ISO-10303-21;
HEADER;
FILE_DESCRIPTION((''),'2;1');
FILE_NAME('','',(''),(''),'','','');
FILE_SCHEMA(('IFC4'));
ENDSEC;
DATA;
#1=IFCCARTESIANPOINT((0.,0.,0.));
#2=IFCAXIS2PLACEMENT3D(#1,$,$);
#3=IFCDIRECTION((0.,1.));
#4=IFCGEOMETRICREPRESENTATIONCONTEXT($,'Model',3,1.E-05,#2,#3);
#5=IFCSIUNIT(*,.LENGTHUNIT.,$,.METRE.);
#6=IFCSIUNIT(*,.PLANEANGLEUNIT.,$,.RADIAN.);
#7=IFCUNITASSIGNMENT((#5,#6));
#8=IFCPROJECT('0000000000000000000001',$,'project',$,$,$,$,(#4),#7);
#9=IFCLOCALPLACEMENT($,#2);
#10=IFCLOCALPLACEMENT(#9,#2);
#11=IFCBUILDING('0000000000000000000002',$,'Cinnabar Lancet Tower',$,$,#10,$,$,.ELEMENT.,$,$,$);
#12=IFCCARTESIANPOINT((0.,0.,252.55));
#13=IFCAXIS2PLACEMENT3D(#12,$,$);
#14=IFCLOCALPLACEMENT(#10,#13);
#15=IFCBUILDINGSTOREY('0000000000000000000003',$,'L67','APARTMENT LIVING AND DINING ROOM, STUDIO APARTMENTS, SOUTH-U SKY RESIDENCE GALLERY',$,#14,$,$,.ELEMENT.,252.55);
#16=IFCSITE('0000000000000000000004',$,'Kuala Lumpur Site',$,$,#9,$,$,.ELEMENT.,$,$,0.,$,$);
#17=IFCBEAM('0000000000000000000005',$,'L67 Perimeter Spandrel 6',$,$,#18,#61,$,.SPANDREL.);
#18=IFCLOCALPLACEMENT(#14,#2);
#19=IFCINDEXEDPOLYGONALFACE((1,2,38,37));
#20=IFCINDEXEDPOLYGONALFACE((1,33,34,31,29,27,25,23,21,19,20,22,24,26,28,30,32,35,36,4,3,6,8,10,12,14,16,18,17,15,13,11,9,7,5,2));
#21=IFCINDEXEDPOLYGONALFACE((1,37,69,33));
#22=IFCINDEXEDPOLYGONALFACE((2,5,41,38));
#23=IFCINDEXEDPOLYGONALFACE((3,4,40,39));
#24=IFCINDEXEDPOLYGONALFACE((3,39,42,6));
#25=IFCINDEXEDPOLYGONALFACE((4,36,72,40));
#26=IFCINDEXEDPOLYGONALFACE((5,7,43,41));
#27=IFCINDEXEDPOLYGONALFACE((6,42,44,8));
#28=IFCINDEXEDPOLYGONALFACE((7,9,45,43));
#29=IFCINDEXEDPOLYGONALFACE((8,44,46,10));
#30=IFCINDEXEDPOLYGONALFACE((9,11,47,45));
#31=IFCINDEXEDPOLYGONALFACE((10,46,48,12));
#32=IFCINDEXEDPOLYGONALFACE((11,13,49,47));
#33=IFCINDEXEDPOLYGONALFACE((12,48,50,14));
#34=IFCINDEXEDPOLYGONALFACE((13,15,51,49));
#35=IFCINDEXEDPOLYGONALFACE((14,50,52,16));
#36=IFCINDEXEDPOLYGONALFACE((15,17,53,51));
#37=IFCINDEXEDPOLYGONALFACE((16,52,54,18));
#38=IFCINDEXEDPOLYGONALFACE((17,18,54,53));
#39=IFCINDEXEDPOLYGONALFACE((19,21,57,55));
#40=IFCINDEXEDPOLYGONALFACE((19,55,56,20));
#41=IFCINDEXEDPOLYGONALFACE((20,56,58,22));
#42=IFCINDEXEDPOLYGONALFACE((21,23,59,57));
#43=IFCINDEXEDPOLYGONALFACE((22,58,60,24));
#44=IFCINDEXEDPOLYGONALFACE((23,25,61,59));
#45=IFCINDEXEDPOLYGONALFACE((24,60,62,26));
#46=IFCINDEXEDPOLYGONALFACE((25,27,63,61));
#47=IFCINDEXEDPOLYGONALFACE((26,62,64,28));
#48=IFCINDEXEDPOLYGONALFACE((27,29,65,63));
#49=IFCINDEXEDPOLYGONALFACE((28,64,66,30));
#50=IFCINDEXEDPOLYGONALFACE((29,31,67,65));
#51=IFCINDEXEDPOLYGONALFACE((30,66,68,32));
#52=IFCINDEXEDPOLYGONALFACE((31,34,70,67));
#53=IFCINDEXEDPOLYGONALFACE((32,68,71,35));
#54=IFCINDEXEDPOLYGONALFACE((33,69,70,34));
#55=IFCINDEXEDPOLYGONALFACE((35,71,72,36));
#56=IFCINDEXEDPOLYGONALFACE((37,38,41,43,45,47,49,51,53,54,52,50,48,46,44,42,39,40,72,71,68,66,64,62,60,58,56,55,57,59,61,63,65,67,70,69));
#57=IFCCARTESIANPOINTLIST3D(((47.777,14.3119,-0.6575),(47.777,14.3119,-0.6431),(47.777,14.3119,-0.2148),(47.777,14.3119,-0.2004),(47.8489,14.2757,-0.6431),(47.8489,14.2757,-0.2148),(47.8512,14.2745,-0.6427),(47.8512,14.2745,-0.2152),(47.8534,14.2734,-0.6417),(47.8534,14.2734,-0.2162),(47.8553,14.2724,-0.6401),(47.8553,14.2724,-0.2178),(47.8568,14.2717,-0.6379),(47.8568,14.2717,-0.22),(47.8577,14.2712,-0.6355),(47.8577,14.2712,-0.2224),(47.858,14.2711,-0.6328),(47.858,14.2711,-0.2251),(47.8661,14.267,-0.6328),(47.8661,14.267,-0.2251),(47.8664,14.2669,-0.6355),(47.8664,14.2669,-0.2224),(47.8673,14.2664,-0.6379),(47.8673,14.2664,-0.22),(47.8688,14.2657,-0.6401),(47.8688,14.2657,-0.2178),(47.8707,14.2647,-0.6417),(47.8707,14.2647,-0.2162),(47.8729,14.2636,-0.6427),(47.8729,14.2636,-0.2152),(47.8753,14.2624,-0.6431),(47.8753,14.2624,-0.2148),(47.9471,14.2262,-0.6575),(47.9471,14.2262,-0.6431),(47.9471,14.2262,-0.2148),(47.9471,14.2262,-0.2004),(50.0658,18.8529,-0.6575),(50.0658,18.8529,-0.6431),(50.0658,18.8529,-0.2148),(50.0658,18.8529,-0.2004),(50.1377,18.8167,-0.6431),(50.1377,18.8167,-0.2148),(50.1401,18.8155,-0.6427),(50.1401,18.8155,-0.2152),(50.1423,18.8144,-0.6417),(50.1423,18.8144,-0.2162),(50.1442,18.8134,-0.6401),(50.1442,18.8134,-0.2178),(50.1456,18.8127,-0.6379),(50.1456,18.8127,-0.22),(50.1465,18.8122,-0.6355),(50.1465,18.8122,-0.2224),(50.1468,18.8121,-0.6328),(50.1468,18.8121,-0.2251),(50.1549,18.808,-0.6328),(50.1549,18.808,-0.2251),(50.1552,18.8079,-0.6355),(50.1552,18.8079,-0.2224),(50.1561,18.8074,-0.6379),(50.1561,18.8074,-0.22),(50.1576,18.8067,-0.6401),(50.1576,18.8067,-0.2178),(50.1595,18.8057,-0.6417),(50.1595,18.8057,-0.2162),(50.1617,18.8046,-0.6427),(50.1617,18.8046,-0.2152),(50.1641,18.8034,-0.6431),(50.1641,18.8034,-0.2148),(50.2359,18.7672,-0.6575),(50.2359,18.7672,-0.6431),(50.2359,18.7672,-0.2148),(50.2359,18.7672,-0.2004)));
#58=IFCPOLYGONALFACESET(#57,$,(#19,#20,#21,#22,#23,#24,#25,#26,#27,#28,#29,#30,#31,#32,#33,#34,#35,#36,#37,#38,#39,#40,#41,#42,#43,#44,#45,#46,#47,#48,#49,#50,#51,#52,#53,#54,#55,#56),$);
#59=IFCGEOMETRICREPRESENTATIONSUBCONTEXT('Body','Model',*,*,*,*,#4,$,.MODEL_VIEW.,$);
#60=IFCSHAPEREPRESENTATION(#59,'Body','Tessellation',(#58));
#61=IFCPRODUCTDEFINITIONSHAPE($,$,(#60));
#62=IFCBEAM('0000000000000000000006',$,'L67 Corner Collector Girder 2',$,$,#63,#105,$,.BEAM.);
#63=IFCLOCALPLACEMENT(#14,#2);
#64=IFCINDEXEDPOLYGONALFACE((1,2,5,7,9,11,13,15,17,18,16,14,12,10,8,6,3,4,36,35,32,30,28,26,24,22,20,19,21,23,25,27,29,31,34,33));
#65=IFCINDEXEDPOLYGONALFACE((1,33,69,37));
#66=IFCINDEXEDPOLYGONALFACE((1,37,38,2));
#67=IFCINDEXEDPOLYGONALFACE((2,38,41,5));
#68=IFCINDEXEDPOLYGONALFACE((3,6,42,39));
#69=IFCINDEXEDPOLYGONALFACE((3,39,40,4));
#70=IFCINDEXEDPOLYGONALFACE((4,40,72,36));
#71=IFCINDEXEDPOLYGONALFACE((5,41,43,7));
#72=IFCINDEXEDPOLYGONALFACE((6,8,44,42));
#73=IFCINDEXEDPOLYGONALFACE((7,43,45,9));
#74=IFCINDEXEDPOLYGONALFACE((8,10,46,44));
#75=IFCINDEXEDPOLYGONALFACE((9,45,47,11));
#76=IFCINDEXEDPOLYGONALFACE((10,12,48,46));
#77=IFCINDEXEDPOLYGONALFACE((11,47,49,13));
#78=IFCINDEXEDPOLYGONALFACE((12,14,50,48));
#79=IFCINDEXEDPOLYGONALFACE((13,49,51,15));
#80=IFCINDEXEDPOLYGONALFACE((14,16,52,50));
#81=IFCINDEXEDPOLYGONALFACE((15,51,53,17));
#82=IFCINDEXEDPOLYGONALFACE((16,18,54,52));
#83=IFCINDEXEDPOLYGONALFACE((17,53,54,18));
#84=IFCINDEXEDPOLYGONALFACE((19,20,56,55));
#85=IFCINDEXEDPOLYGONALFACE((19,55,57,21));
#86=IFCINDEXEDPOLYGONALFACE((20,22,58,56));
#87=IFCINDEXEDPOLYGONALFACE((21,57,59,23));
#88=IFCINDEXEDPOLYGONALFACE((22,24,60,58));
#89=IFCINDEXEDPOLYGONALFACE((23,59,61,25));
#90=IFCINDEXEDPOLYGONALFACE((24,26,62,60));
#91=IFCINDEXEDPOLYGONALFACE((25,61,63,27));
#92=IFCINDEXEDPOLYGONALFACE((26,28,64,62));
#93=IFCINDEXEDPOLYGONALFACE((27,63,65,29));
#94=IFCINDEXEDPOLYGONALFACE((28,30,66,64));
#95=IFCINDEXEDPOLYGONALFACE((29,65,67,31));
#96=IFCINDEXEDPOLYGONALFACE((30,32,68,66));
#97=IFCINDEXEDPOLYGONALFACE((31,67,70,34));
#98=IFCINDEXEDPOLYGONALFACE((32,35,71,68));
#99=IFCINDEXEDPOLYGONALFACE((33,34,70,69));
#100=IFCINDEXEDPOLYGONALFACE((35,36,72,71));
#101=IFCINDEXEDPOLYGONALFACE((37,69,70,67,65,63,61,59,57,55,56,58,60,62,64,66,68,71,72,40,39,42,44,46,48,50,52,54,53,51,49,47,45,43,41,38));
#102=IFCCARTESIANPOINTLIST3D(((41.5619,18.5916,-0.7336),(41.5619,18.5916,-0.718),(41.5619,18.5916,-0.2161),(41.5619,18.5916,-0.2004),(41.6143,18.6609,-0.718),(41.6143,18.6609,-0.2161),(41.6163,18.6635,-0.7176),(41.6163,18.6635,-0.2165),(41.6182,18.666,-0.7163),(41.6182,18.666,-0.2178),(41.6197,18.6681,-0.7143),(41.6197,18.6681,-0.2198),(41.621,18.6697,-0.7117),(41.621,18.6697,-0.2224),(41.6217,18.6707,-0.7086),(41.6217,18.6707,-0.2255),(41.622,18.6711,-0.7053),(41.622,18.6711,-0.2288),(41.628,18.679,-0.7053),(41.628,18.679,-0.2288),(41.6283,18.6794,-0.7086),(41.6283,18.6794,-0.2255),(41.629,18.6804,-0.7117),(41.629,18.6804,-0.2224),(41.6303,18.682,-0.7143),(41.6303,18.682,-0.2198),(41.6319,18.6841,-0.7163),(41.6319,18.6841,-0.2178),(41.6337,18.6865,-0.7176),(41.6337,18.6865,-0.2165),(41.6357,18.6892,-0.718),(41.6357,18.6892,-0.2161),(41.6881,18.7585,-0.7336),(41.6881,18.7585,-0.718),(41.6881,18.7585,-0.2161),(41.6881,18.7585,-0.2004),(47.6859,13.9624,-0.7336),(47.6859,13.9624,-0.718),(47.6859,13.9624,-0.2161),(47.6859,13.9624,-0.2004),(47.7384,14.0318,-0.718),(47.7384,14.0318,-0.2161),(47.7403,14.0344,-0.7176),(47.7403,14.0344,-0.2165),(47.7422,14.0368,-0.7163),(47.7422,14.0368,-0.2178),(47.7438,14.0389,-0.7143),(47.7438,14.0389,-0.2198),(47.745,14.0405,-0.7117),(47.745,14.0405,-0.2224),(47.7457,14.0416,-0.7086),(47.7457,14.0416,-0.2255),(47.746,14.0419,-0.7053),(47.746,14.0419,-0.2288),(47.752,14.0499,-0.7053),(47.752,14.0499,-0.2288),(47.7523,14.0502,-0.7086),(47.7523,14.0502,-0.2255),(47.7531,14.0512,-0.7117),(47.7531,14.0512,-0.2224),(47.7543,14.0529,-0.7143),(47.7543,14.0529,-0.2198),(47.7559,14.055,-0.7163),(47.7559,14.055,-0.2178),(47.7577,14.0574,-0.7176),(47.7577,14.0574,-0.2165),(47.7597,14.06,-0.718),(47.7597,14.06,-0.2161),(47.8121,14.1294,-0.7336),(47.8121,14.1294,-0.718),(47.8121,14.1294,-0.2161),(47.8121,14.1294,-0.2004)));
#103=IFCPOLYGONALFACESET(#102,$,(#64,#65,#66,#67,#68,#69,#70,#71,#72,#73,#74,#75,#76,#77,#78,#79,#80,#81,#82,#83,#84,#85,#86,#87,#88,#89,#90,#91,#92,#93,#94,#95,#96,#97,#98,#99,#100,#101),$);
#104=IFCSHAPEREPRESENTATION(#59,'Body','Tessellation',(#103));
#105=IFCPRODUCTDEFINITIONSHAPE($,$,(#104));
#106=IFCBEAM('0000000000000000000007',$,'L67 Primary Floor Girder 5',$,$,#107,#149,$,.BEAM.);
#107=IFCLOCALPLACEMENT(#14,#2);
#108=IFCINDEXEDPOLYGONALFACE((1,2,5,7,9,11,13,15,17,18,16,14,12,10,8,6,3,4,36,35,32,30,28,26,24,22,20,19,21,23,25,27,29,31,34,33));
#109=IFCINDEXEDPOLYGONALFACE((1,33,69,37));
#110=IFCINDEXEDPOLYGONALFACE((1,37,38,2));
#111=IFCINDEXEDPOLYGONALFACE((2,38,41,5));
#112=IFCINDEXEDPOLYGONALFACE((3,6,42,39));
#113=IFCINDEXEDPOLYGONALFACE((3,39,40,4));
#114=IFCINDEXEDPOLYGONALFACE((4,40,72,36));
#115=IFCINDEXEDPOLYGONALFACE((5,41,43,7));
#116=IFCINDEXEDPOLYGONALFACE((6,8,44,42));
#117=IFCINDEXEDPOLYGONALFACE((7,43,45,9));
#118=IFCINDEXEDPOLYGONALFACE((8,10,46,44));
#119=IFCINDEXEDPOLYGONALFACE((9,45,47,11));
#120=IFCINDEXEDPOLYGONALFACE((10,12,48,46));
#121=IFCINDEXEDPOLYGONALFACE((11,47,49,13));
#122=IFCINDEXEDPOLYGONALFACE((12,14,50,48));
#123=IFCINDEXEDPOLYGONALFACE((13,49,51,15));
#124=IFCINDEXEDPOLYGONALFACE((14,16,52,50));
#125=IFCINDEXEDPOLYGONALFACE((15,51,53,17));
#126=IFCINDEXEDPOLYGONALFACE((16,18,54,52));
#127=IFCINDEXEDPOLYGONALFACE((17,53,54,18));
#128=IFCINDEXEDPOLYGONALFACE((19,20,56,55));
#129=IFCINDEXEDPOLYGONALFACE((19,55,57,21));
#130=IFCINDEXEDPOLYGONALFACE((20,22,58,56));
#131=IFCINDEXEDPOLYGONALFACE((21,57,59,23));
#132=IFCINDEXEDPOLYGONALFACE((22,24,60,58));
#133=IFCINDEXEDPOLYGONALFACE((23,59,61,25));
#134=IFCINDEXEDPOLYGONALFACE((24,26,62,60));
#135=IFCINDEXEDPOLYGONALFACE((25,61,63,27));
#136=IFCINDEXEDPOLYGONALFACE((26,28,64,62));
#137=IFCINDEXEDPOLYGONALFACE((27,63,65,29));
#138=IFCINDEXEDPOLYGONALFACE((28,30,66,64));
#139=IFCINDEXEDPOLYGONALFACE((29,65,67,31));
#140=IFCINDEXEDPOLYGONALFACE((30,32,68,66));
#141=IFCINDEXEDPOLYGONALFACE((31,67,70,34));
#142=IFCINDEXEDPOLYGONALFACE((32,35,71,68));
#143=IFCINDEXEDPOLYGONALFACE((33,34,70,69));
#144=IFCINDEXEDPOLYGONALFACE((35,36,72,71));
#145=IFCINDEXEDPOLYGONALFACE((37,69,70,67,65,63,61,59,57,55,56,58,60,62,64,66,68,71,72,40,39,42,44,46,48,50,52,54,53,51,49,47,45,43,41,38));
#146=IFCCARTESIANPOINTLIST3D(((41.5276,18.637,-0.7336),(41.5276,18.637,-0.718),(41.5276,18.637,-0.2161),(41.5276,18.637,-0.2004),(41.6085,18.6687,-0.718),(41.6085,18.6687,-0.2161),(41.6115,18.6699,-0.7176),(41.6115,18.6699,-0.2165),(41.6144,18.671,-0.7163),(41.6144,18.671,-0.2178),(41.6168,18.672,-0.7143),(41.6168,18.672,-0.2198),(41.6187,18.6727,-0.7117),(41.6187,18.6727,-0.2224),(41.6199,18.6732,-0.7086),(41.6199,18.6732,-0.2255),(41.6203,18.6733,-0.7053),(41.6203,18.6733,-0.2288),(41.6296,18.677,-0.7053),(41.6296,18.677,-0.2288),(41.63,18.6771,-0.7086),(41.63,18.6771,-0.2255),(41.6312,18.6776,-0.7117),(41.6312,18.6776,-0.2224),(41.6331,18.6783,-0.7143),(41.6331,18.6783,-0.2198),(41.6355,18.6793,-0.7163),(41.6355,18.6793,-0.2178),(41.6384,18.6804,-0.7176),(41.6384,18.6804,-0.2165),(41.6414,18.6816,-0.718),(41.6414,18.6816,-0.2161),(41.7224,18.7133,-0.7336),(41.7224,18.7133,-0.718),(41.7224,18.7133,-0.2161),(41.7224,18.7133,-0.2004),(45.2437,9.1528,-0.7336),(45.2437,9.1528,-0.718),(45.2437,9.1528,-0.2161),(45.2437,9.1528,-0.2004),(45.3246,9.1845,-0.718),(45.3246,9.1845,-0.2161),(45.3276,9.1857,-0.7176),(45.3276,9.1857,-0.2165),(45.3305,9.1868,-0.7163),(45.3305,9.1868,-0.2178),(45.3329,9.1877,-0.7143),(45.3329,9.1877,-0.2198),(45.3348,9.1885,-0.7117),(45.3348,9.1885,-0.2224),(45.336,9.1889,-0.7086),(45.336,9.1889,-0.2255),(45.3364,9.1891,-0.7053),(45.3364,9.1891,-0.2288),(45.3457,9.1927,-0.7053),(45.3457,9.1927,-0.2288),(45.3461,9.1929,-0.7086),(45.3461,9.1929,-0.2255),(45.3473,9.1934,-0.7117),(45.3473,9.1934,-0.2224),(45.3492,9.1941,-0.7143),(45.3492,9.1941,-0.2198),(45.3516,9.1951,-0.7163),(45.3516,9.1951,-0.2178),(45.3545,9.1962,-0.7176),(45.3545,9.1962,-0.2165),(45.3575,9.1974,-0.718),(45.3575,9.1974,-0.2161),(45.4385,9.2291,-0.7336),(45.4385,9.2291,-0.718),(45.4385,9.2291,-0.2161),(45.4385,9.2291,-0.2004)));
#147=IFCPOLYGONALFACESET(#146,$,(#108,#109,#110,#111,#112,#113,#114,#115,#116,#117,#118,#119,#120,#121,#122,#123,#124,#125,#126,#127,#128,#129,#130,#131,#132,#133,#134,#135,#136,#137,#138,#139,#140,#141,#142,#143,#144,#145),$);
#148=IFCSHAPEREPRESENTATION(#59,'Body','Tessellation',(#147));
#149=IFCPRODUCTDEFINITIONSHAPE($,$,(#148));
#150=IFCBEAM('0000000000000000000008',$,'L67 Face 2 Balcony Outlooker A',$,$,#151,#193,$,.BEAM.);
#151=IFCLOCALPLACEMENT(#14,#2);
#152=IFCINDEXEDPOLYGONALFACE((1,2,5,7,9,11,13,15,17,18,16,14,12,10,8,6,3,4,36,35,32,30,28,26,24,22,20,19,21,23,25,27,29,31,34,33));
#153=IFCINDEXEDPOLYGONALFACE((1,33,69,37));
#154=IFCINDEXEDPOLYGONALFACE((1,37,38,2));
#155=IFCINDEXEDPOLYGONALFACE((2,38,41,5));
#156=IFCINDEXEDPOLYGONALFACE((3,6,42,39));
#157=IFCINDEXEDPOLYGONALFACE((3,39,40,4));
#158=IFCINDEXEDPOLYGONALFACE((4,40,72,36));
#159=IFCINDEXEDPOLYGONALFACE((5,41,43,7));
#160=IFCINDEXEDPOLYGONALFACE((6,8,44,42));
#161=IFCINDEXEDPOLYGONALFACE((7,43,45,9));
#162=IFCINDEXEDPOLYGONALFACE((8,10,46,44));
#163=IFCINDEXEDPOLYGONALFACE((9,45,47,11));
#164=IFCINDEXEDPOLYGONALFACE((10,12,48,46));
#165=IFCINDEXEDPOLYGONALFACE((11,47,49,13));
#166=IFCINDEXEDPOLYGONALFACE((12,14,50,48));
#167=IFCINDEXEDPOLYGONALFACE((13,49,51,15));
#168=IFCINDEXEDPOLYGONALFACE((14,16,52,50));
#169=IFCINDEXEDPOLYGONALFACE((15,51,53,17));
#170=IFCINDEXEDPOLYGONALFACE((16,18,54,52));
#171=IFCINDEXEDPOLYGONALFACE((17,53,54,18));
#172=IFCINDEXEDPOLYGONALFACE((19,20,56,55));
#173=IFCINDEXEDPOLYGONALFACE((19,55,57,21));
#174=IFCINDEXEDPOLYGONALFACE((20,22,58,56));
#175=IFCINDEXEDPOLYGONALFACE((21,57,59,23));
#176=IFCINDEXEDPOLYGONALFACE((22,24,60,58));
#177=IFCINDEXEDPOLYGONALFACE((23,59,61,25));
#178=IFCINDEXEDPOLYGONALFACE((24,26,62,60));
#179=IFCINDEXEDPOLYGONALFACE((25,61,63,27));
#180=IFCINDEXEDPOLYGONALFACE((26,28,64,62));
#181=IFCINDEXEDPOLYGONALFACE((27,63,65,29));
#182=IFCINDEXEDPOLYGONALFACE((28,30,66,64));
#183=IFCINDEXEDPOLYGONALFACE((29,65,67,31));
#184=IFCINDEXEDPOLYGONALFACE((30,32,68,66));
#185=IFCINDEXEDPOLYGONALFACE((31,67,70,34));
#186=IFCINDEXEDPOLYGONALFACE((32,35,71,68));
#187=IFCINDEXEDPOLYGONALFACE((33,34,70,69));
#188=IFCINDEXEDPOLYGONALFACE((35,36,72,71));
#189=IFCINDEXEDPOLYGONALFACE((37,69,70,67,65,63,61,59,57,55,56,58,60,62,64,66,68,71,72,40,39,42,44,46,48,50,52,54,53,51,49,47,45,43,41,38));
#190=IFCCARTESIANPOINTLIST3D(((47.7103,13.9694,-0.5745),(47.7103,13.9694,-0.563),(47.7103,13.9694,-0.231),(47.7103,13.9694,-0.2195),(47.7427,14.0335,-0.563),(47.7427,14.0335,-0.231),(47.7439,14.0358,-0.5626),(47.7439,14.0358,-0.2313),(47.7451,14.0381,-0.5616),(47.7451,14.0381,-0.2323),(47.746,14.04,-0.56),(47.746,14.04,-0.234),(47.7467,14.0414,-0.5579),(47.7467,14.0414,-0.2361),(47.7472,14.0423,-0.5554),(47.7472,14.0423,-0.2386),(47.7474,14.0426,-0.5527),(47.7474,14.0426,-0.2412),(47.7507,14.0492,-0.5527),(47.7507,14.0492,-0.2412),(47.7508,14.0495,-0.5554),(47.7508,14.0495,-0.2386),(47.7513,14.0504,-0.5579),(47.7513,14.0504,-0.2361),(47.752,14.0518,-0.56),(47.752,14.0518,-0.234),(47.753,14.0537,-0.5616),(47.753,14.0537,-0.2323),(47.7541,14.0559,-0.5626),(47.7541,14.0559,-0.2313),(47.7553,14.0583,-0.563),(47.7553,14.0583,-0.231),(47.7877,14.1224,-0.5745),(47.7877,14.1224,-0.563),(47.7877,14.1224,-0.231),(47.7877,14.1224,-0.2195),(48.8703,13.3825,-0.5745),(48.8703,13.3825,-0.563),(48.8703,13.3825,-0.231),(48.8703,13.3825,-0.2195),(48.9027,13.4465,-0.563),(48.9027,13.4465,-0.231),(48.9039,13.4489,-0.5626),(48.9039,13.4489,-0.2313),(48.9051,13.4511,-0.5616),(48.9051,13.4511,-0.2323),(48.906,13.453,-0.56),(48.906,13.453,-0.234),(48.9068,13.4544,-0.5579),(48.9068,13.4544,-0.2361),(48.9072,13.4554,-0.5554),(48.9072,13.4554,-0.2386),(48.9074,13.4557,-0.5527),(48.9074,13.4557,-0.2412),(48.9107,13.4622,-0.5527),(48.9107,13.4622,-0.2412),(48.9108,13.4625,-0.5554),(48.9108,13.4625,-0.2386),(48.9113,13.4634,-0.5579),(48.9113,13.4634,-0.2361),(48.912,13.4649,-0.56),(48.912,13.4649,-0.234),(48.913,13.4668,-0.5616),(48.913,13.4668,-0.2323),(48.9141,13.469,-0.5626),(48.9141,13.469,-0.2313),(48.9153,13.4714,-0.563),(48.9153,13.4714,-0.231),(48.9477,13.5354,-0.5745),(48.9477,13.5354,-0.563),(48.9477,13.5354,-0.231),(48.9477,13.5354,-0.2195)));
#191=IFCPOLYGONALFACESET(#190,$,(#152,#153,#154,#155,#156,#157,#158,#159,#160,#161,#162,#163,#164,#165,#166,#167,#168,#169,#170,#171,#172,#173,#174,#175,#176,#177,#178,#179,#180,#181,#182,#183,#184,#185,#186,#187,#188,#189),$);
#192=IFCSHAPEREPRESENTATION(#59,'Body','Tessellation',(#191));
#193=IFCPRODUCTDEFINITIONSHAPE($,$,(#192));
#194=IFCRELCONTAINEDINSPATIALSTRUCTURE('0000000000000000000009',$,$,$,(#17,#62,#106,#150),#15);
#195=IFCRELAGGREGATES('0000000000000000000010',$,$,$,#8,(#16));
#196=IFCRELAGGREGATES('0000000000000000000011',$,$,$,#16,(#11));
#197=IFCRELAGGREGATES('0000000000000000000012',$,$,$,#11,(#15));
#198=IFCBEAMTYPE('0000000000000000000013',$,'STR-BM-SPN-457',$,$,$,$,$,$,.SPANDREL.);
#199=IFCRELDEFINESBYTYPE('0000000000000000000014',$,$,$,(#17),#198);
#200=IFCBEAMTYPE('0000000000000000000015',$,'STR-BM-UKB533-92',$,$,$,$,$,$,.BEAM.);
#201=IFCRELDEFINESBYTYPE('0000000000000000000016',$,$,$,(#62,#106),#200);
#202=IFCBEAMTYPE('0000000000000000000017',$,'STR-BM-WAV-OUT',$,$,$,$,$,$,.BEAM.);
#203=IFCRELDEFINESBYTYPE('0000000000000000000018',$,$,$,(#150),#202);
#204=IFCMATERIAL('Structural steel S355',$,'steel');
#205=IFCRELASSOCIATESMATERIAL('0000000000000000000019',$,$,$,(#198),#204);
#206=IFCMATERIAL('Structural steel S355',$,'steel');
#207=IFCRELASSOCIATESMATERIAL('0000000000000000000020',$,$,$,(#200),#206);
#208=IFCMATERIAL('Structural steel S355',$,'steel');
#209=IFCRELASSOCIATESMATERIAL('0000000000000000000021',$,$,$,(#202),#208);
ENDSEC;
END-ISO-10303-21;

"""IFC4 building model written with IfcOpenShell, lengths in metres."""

from ifc_helpers import new_model, si_unit, direction, frame, origin, origin_2d, place, context, subcontext, project, spatial, i_section, extrude, material, material_profile, profile_set, type_object, element, save


model = new_model("IFC4")

# Units and contexts
model_context = context("Model", 3, precision=1e-05, world=origin(), true_north=direction((0.0, 1.0)))
body_context = subcontext(model_context, "Body", "Model", "MODEL_VIEW")
ifc_project = project(units=[si_unit("LENGTHUNIT", "METRE"), si_unit("PLANEANGLEUNIT", "RADIAN")], contexts=[model_context])

# Site, building, storey
site_placement = place(None, origin())
site = spatial("IfcSite", under=ifc_project, at=site_placement, Name="Kuala Lumpur Site", CompositionType="ELEMENT", RefElevation=0.0)
building_placement = place(site_placement, origin())
building = spatial("IfcBuilding", under=site, at=building_placement, Name="Cinnabar Lancet Tower", CompositionType="ELEMENT")
storey_placement = place(building_placement, frame((0.0, 0.0, 252.55)))
storey = spatial("IfcBuildingStorey", under=building, at=storey_placement, Name="L67", Description="APARTMENT LIVING AND DINING ROOM, STUDIO APARTMENTS, SOUTH-U SKY RESIDENCE GALLERY", CompositionType="ELEMENT", Elevation=252.55)

# Beams
ifc_material_1 = material(Name="Structural steel S355", Category="steel")
ifc_material_profile_1 = material_profile(ifc_material_1, i_section(OverallWidth=0.1904, OverallDepth=0.457, WebThickness=0.009, FlangeThickness=0.0144, FilletRadius=0.0103, at=origin_2d()), Name="UKB 457x191x74")
ifc_profile_set_1 = profile_set([ifc_material_profile_1], Name="Structural steel S355")
beam_type_1 = type_object("IfcBeamType", Name="STR-BM-SPN-457", PredefinedType="SPANDREL", material=ifc_profile_set_1)
beam_1_placement = place(storey_placement, frame((47.8621, 14.269, -0.429), z_axis=(0.450092, 0.892982, 0.0), x_axis=(-0.892982, 0.450092, 0.0)))
element("IfcBeam", 1, at=beam_1_placement, inside=storey, type_object=beam_type_1, Name="L67 Perimeter Spandrel 6", PredefinedType="SPANDREL", context=body_context, shape_type="SweptSolid", body=[
    extrude(i_section(OverallWidth=0.1904, OverallDepth=0.457, WebThickness=0.009, FlangeThickness=0.0144, FilletRadius=0.0103, at=origin_2d()), origin(), (0.0, 0.0, 1.0), 5.0852),
])
ifc_material_2 = material(Name="Structural steel S355", Category="steel")
ifc_material_profile_2 = material_profile(ifc_material_2, i_section(OverallWidth=0.2092, OverallDepth=0.5332, WebThickness=0.01, FlangeThickness=0.0156, FilletRadius=0.0127, at=origin_2d()), Name="UKB 533x210x92")
ifc_profile_set_2 = profile_set([ifc_material_profile_2], Name="Structural steel S355")
beam_type_2 = type_object("IfcBeamType", Name="STR-BM-UKB533-92", PredefinedType="BEAM", material=ifc_profile_set_2)
beam_2_placement = place(storey_placement, frame((47.749, 14.0459, -0.467), z_axis=(-0.797735, 0.603008, 0.0), x_axis=(-0.603008, -0.797735, 0.0)))
element("IfcBeam", 2, at=beam_2_placement, inside=storey, type_object=beam_type_2, Name="L67 Corner Collector Girder 2", PredefinedType="BEAM", context=body_context, shape_type="SweptSolid", body=[
    extrude(i_section(OverallWidth=0.2092, OverallDepth=0.5332, WebThickness=0.01, FlangeThickness=0.0156, FilletRadius=0.0127, at=origin_2d()), origin(), (0.0, 0.0, 1.0), 7.6768),
])
beam_3_placement = place(storey_placement, frame((45.3411, 9.1909, -0.467), z_axis=(-0.364815, 0.93108, 0.0), x_axis=(-0.93108, -0.364815, 0.0)))
element("IfcBeam", 3, at=beam_3_placement, inside=storey, type_object=beam_type_2, Name="L67 Primary Floor Girder 5", PredefinedType="BEAM", context=body_context, shape_type="SweptSolid", body=[
    extrude(i_section(OverallWidth=0.2092, OverallDepth=0.5332, WebThickness=0.01, FlangeThickness=0.0156, FilletRadius=0.0127, at=origin_2d()), origin(), (0.0, 0.0, 1.0), 10.1863),
])
ifc_material_3 = material(Name="Structural steel S355", Category="steel")
ifc_material_profile_3 = material_profile(ifc_material_3, i_section(OverallWidth=0.1714, OverallDepth=0.355, WebThickness=0.0073, FlangeThickness=0.0115, FilletRadius=0.0103, at=origin_2d()), Name="UKB 356x171x51")
ifc_profile_set_3 = profile_set([ifc_material_profile_3], Name="Structural steel S355")
beam_type_3 = type_object("IfcBeamType", Name="STR-BM-WAV-OUT", PredefinedType="BEAM", material=ifc_profile_set_3)
beam_4_placement = place(storey_placement, frame((47.749, 14.0459, -0.397), z_axis=(0.892276, -0.45149, 0.0), x_axis=(0.45149, 0.892276, 0.0)))
element("IfcBeam", 4, at=beam_4_placement, inside=storey, type_object=beam_type_3, Name="L67 Face 2 Balcony Outlooker A", PredefinedType="BEAM", context=body_context, shape_type="SweptSolid", body=[
    extrude(i_section(OverallWidth=0.1714, OverallDepth=0.355, WebThickness=0.0073, FlangeThickness=0.0115, FilletRadius=0.0103, at=origin_2d()), origin(), (0.0, 0.0, 1.0), 1.3),
])

save(model, "model.ifc")
